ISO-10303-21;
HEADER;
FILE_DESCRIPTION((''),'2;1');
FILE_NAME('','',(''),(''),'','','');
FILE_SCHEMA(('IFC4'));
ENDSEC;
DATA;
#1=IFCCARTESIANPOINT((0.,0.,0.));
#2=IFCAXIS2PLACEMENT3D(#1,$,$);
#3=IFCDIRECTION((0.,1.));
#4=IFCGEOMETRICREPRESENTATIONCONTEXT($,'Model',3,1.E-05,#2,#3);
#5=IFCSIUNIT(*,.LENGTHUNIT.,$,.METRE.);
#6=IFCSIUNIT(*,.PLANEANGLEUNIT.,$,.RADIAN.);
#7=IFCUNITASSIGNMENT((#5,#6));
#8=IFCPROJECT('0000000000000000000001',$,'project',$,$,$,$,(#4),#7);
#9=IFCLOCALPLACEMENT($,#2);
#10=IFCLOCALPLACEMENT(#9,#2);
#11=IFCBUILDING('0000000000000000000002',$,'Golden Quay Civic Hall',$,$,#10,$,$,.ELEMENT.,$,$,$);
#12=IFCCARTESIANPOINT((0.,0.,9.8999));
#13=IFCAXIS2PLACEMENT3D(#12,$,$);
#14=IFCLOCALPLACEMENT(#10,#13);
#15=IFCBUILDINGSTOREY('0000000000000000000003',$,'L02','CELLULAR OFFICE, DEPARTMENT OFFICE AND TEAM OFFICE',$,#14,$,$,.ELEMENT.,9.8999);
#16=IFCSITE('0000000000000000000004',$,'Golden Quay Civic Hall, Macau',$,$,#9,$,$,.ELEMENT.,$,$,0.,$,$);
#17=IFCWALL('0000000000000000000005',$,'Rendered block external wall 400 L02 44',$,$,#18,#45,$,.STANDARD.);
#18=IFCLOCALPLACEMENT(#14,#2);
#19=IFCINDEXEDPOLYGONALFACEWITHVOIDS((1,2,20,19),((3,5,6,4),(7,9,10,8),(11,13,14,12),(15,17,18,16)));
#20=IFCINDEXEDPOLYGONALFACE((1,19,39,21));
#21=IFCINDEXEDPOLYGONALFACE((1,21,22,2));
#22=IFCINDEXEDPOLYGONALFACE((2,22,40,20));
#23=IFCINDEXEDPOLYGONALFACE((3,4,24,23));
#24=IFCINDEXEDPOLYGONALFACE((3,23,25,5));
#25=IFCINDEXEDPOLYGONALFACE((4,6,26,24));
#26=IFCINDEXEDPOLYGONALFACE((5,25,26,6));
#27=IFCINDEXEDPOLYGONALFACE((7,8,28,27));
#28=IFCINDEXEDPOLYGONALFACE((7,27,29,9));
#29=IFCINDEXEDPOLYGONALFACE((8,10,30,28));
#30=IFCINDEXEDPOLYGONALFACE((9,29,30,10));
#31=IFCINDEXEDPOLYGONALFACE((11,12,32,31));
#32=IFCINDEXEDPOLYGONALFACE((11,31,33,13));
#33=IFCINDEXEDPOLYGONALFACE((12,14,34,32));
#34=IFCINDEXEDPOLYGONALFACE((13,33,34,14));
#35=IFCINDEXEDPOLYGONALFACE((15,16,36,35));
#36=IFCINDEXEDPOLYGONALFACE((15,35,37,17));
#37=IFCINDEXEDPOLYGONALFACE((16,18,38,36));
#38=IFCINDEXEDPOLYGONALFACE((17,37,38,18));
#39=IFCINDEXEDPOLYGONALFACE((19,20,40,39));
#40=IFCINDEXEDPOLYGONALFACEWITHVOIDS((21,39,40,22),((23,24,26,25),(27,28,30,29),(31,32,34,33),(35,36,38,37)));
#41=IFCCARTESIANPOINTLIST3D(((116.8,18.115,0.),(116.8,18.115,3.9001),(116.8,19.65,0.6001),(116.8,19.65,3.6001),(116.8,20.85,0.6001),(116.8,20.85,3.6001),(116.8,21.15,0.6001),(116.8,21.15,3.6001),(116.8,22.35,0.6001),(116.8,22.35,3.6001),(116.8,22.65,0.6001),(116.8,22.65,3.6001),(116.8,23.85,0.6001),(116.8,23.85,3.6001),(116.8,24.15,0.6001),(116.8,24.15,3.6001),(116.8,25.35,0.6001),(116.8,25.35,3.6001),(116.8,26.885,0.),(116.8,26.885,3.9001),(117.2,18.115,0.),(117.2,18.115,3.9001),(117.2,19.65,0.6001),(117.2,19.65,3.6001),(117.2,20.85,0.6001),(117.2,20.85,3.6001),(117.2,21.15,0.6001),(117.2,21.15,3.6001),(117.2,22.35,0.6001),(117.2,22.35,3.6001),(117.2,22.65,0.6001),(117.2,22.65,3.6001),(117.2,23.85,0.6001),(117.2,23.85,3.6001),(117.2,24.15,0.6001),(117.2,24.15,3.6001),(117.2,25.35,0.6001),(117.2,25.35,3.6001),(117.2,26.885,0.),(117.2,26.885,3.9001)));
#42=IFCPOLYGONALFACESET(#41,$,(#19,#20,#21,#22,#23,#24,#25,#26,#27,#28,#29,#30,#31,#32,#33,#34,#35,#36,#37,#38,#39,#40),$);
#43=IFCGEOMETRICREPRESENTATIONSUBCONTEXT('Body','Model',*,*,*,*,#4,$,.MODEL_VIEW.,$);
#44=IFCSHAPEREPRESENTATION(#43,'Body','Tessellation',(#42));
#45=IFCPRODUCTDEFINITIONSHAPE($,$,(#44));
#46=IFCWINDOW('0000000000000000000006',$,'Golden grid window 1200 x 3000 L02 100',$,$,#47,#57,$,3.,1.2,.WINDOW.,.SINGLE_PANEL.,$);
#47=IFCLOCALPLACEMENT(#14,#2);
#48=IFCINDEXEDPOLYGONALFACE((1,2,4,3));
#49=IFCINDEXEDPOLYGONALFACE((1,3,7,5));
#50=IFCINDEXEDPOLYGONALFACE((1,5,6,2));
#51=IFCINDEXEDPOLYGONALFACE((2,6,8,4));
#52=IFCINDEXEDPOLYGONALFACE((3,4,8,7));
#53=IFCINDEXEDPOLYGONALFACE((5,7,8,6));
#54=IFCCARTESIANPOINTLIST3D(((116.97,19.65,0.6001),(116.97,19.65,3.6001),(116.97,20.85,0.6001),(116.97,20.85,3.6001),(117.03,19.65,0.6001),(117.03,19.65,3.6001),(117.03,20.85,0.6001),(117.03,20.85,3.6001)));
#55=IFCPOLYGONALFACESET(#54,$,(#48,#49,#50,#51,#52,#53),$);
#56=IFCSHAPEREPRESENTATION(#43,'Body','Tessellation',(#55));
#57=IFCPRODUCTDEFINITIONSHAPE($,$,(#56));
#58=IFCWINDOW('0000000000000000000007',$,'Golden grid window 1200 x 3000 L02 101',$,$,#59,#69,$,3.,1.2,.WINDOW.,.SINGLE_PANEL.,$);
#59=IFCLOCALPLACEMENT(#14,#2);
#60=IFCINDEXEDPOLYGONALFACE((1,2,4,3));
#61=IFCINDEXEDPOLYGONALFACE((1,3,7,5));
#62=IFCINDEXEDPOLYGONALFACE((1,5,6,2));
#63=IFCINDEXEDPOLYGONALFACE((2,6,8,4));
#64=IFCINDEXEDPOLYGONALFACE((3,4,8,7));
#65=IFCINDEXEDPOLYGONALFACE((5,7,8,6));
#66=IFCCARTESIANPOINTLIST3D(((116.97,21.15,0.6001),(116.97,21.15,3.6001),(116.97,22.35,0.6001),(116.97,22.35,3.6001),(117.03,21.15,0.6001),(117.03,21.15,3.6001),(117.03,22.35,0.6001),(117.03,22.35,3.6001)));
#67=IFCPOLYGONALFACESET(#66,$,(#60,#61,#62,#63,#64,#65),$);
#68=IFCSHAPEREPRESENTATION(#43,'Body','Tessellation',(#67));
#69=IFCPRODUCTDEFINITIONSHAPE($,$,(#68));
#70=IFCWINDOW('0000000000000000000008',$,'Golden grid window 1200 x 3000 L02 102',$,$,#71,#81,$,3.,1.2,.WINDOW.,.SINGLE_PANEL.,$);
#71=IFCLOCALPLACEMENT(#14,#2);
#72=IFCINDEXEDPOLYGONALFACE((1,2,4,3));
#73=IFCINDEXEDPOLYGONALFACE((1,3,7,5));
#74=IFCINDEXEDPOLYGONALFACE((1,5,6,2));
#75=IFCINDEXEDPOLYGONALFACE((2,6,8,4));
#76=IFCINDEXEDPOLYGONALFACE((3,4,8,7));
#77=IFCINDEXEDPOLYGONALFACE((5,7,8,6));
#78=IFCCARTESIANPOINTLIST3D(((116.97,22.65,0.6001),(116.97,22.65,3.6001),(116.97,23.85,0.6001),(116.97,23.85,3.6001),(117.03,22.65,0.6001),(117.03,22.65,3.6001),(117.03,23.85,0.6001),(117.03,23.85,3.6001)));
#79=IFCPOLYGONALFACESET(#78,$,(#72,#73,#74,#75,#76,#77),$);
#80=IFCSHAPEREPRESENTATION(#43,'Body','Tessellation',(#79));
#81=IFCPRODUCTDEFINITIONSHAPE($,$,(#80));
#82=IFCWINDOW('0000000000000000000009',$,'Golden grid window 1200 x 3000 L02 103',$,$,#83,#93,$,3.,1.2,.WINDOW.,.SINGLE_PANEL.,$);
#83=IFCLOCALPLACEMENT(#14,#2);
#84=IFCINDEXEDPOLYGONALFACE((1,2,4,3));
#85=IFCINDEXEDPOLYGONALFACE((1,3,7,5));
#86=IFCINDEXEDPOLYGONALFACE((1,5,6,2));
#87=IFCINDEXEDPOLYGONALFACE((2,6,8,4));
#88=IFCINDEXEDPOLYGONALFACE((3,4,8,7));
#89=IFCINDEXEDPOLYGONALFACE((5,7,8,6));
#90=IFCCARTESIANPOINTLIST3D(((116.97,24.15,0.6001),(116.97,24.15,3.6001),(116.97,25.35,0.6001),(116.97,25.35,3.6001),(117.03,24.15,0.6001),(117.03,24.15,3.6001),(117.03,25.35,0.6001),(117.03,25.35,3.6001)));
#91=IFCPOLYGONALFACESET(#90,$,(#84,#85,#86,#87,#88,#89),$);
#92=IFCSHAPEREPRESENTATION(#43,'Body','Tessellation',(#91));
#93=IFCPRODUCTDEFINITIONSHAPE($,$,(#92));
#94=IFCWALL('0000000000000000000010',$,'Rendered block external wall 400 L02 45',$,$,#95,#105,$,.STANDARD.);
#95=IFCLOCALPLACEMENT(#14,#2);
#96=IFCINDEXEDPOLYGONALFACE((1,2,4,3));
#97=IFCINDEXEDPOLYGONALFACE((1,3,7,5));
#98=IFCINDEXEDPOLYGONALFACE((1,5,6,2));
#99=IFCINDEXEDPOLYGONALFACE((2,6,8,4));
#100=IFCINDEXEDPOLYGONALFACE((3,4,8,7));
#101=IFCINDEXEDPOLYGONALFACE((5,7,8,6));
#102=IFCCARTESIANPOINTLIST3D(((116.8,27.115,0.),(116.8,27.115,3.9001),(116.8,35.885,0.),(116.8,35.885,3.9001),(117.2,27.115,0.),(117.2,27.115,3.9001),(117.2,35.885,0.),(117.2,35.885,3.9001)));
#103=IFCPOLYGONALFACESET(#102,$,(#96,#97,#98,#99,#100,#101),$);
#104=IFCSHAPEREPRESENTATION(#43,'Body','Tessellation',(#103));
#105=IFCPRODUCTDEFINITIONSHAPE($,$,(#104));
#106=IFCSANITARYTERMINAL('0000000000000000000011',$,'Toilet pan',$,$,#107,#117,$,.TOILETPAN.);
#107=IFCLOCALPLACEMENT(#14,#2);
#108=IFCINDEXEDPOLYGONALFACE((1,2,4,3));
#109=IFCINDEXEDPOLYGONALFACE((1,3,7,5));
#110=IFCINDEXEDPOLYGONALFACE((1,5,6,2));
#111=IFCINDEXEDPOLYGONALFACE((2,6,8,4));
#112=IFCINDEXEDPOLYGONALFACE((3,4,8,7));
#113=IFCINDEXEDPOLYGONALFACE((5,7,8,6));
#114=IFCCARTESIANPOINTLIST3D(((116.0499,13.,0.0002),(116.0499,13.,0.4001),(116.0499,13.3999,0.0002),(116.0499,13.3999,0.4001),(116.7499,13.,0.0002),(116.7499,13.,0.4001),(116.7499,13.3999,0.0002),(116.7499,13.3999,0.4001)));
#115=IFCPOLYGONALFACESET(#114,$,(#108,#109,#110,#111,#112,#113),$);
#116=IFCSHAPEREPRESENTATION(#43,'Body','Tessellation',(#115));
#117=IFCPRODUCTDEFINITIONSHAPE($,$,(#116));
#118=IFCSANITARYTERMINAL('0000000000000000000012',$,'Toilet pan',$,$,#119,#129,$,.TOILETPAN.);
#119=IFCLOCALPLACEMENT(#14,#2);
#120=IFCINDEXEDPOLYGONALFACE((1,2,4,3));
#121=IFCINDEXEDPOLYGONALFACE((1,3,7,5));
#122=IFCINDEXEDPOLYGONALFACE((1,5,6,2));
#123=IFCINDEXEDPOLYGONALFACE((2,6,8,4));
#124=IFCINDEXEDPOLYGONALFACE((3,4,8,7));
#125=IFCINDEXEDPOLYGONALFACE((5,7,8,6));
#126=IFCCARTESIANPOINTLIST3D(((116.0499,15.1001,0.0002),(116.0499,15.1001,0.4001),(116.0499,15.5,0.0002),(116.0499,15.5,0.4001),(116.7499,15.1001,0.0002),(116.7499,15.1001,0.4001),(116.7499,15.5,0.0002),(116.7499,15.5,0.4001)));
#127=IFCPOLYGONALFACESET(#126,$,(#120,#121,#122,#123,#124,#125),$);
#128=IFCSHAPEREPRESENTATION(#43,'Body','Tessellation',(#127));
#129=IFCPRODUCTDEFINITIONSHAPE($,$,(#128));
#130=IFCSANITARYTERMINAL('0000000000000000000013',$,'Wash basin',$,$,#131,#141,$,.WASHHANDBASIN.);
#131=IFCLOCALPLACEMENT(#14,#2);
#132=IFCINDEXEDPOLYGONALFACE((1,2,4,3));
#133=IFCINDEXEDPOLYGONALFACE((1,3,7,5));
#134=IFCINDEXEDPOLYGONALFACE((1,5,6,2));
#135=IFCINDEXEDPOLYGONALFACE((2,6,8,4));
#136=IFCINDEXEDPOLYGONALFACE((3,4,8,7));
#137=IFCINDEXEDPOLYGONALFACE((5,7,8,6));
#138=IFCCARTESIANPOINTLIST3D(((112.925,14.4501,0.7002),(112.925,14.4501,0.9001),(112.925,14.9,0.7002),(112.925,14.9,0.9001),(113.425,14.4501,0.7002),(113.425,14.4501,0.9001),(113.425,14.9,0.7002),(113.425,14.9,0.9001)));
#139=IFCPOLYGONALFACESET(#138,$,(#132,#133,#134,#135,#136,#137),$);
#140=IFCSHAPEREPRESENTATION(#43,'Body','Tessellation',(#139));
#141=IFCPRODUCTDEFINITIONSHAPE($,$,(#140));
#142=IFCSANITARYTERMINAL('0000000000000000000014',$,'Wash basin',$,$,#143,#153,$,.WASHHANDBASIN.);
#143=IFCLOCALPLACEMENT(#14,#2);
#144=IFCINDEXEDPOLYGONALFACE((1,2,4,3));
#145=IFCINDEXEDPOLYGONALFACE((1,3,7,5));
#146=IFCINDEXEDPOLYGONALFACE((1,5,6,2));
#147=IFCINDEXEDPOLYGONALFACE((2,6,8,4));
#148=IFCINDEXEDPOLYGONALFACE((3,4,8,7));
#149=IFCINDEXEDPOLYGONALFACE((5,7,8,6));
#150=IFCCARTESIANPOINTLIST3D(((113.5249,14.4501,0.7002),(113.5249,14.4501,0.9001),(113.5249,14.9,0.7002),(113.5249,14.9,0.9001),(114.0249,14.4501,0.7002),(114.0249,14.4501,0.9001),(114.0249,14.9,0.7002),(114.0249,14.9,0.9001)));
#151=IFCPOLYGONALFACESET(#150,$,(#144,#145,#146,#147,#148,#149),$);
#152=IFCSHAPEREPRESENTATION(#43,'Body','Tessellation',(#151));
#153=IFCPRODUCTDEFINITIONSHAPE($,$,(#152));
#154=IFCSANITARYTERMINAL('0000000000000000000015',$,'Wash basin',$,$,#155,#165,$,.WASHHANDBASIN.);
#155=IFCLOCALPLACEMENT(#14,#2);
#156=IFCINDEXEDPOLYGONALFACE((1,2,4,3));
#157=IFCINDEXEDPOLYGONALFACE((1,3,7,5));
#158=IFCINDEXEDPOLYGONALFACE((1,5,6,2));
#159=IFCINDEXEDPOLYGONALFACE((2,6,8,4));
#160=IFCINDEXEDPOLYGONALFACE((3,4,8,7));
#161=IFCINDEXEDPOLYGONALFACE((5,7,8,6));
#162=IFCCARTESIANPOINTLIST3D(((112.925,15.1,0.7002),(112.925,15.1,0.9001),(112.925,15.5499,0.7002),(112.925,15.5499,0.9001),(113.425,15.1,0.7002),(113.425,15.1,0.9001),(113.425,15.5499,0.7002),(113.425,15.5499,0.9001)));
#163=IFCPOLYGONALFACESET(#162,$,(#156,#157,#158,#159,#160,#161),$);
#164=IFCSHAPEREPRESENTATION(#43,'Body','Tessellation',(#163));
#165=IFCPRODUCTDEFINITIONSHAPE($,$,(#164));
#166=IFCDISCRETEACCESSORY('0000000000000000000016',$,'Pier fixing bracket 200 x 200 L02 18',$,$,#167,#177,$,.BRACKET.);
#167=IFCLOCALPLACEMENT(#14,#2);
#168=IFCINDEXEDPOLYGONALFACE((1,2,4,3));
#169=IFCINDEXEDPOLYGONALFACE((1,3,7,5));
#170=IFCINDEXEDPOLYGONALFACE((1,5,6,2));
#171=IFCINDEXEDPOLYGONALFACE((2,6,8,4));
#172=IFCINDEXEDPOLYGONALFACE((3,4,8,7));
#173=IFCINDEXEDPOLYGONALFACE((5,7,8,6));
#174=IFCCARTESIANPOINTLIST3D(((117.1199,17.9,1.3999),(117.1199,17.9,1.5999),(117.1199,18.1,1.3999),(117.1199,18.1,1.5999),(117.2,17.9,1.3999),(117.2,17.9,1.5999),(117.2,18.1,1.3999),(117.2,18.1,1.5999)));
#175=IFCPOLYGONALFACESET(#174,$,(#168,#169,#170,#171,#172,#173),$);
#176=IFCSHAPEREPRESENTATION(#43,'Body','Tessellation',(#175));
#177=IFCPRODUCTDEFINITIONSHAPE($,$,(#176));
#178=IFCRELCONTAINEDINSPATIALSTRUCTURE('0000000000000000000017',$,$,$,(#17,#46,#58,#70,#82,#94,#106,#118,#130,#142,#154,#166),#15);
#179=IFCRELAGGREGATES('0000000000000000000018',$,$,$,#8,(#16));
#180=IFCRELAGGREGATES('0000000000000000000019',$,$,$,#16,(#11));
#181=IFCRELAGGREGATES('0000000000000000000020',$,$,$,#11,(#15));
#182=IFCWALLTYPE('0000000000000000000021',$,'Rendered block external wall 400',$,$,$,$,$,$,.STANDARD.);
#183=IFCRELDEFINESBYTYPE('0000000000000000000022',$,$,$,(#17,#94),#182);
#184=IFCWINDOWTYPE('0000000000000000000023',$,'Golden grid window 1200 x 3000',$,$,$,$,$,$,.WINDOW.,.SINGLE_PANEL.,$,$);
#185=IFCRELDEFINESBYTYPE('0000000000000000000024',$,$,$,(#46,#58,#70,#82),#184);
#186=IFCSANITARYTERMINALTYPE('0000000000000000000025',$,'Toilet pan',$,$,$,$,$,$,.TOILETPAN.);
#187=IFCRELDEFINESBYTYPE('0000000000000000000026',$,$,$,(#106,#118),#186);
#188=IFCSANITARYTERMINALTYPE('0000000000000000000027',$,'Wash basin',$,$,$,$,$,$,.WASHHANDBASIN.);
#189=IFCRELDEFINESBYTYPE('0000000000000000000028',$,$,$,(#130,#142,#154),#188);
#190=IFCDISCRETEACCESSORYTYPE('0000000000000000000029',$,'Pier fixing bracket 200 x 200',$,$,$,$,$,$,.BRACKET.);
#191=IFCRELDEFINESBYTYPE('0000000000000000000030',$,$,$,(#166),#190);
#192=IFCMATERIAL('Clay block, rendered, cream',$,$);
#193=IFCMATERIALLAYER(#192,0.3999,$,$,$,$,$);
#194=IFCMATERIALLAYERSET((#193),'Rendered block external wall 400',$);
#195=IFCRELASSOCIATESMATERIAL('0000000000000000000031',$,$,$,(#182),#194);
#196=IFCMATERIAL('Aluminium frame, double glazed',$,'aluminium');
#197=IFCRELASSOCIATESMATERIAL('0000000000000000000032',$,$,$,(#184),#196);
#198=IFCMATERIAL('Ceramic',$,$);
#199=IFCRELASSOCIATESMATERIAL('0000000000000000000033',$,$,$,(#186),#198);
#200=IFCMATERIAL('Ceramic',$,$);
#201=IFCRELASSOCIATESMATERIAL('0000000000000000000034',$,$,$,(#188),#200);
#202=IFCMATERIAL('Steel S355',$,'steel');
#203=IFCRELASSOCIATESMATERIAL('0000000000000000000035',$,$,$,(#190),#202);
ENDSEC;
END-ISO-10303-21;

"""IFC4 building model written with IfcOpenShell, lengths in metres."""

from ifc_helpers import new_model, si_unit, direction, frame, frame_2d, origin, origin_2d, place, context, subcontext, project, spatial, rectangle, extrude, material, layer, layer_set, type_object, element, fill, save


model = new_model("IFC4")

# Units and contexts
model_context = context("Model", 3, precision=1e-05, world=origin(), true_north=direction((0.0, 1.0)))
body_context = subcontext(model_context, "Body", "Model", "MODEL_VIEW")
ifc_project = project(units=[si_unit("LENGTHUNIT", "METRE"), si_unit("PLANEANGLEUNIT", "RADIAN")], contexts=[model_context])

# Site, building, storey
site_placement = place(None, origin())
site = spatial("IfcSite", under=ifc_project, at=site_placement, Name="Golden Quay Civic Hall, Macau", CompositionType="ELEMENT", RefElevation=0.0)
building_placement = place(site_placement, origin())
building = spatial("IfcBuilding", under=site, at=building_placement, Name="Golden Quay Civic Hall", CompositionType="ELEMENT")
storey_placement = place(building_placement, frame((0.0, 0.0, 9.8999)))
storey = spatial("IfcBuildingStorey", under=building, at=storey_placement, Name="L02", Description="CELLULAR OFFICE, DEPARTMENT OFFICE AND TEAM OFFICE", CompositionType="ELEMENT", Elevation=9.8999)

# Wall, openings, windows
ifc_material_1 = material(Name="Clay block, rendered, cream")
ifc_layer_1 = layer(ifc_material_1, 0.3999)
ifc_layer_set_1 = layer_set([ifc_layer_1], Name="Rendered block external wall 400")
wall_type_1 = type_object("IfcWallType", Name="Rendered block external wall 400", PredefinedType="STANDARD", material=ifc_layer_set_1)
wall_1_placement = place(storey_placement, frame((117.0, 26.885, 0.0), z_axis=(0.0, 0.0, 1.0), x_axis=(0.0, -1.0, 0.0)))
wall_1 = element("IfcWall", 1, at=wall_1_placement, inside=storey, type_object=wall_type_1, Name="Rendered block external wall 400 L02 44", PredefinedType="STANDARD", context=body_context, shape_type="SweptSolid", body=[
    extrude(rectangle(XDim=8.77, YDim=0.3999, at=frame_2d((4.385, 0.0))), origin(), (0.0, 0.0, 1.0), 3.9001),
])
opening_1_placement = place(wall_1_placement, frame((6.0349, 0.0, 0.6001)))
opening_1 = element("IfcOpeningElement", 2, at=opening_1_placement, cuts=wall_1, PredefinedType="OPENING", context=body_context, shape_type="SweptSolid", body=[
    extrude(rectangle(XDim=1.2, YDim=3.0, at=frame_2d((0.6001, 1.5))), frame((0.0, 0.21, 0.0), z_axis=(0.0, -1.0, 0.0), x_axis=(1.0, 0.0, 0.0)), (0.0, 0.0, 1.0), 0.4199),
])
opening_2_placement = place(wall_1_placement, frame((4.5349, 0.0, 0.6001)))
opening_2 = element("IfcOpeningElement", 3, at=opening_2_placement, cuts=wall_1, PredefinedType="OPENING", context=body_context, shape_type="SweptSolid", body=[
    extrude(rectangle(XDim=1.2, YDim=3.0, at=frame_2d((0.6001, 1.5))), frame((0.0, 0.21, 0.0), z_axis=(0.0, -1.0, 0.0), x_axis=(1.0, 0.0, 0.0)), (0.0, 0.0, 1.0), 0.4199),
])
opening_3_placement = place(wall_1_placement, frame((3.0349, 0.0, 0.6001)))
opening_3 = element("IfcOpeningElement", 4, at=opening_3_placement, cuts=wall_1, PredefinedType="OPENING", context=body_context, shape_type="SweptSolid", body=[
    extrude(rectangle(XDim=1.2, YDim=3.0, at=frame_2d((0.6001, 1.5))), frame((0.0, 0.21, 0.0), z_axis=(0.0, -1.0, 0.0), x_axis=(1.0, 0.0, 0.0)), (0.0, 0.0, 1.0), 0.4199),
])
opening_4_placement = place(wall_1_placement, frame((1.5349, 0.0, 0.6001)))
opening_4 = element("IfcOpeningElement", 5, at=opening_4_placement, cuts=wall_1, PredefinedType="OPENING", context=body_context, shape_type="SweptSolid", body=[
    extrude(rectangle(XDim=1.2, YDim=3.0, at=frame_2d((0.6001, 1.5))), frame((0.0, 0.21, 0.0), z_axis=(0.0, -1.0, 0.0), x_axis=(1.0, 0.0, 0.0)), (0.0, 0.0, 1.0), 0.4199),
])
ifc_material_2 = material(Name="Aluminium frame, double glazed", Category="aluminium")
window_type_1 = type_object("IfcWindowType", Name="Golden grid window 1200 x 3000", PartitioningType="SINGLE_PANEL", PredefinedType="WINDOW", material=ifc_material_2)
window_1_placement = place(opening_1_placement, origin())
window_1 = element("IfcWindow", 6, at=window_1_placement, inside=storey, type_object=window_type_1, Name="Golden grid window 1200 x 3000 L02 100", OverallHeight=3.0, OverallWidth=1.2, PartitioningType="SINGLE_PANEL", PredefinedType="WINDOW", context=body_context, shape_type="SweptSolid", body=[
    extrude(rectangle(XDim=1.2, YDim=3.0, at=frame_2d((0.6001, 1.5))), frame((0.0, 0.03, 0.0), z_axis=(0.0, -1.0, 0.0), x_axis=(1.0, 0.0, 0.0)), (0.0, 0.0, 1.0), 0.0601),
])
fill(opening_1, window_1)
window_2_placement = place(opening_2_placement, origin())
window_2 = element("IfcWindow", 7, at=window_2_placement, inside=storey, type_object=window_type_1, Name="Golden grid window 1200 x 3000 L02 101", OverallHeight=3.0, OverallWidth=1.2, PartitioningType="SINGLE_PANEL", PredefinedType="WINDOW", context=body_context, shape_type="SweptSolid", body=[
    extrude(rectangle(XDim=1.2, YDim=3.0, at=frame_2d((0.6001, 1.5))), frame((0.0, 0.03, 0.0), z_axis=(0.0, -1.0, 0.0), x_axis=(1.0, 0.0, 0.0)), (0.0, 0.0, 1.0), 0.0601),
])
fill(opening_2, window_2)
window_3_placement = place(opening_3_placement, origin())
window_3 = element("IfcWindow", 8, at=window_3_placement, inside=storey, type_object=window_type_1, Name="Golden grid window 1200 x 3000 L02 102", OverallHeight=3.0, OverallWidth=1.2, PartitioningType="SINGLE_PANEL", PredefinedType="WINDOW", context=body_context, shape_type="SweptSolid", body=[
    extrude(rectangle(XDim=1.2, YDim=3.0, at=frame_2d((0.6001, 1.5))), frame((0.0, 0.03, 0.0), z_axis=(0.0, -1.0, 0.0), x_axis=(1.0, 0.0, 0.0)), (0.0, 0.0, 1.0), 0.0601),
])
fill(opening_3, window_3)
window_4_placement = place(opening_4_placement, origin())
window_4 = element("IfcWindow", 9, at=window_4_placement, inside=storey, type_object=window_type_1, Name="Golden grid window 1200 x 3000 L02 103", OverallHeight=3.0, OverallWidth=1.2, PartitioningType="SINGLE_PANEL", PredefinedType="WINDOW", context=body_context, shape_type="SweptSolid", body=[
    extrude(rectangle(XDim=1.2, YDim=3.0, at=frame_2d((0.6001, 1.5))), frame((0.0, 0.03, 0.0), z_axis=(0.0, -1.0, 0.0), x_axis=(1.0, 0.0, 0.0)), (0.0, 0.0, 1.0), 0.0601),
])
fill(opening_4, window_4)

# Wall
wall_2_placement = place(storey_placement, frame((117.0, 35.885, 0.0), z_axis=(0.0, 0.0, 1.0), x_axis=(0.0, -1.0, 0.0)))
element("IfcWall", 10, at=wall_2_placement, inside=storey, type_object=wall_type_1, Name="Rendered block external wall 400 L02 45", PredefinedType="STANDARD", context=body_context, shape_type="SweptSolid", body=[
    extrude(rectangle(XDim=8.77, YDim=0.3999, at=frame_2d((4.385, 0.0))), origin(), (0.0, 0.0, 1.0), 3.9001),
])

# Sanitary terminals
ifc_material_3 = material(Name="Ceramic")
sanitary_terminal_type_1 = type_object("IfcSanitaryTerminalType", Name="Toilet pan", PredefinedType="TOILETPAN", material=ifc_material_3)
for number, where, z_axis, x_axis, name in (
    (11, (116.3999, 13.2, 0.0002), (0.0, 0.0, 1.0), (0.0, 1.0, 0.0), "Toilet pan"),
    (12, (116.3999, 15.3, 0.0002), (0.0, 0.0, 1.0), (0.0, 1.0, 0.0), "Toilet pan"),
):
    element("IfcSanitaryTerminal", number, at=place(storey_placement, frame(where, z_axis=z_axis, x_axis=x_axis)), inside=storey, type_object=sanitary_terminal_type_1, Name=name, PredefinedType="TOILETPAN", context=body_context, shape_type="SweptSolid", body=[
        extrude(rectangle(XDim=0.3999, YDim=0.7, at=origin_2d()), origin(), (0.0, 0.0, 1.0), 0.3999),
    ])
ifc_material_4 = material(Name="Ceramic")
sanitary_terminal_type_2 = type_object("IfcSanitaryTerminalType", Name="Wash basin", PredefinedType="WASHHANDBASIN", material=ifc_material_4)
for number, where, z_axis, x_axis, name in (
    (13, (113.175, 14.675, 0.7002), (0.0, 0.0, 1.0), (1.0, 0.0, 0.0), "Wash basin"),
    (14, (113.7749, 14.675, 0.7002), (0.0, 0.0, 1.0), (1.0, 0.0, 0.0), "Wash basin"),
    (15, (113.175, 15.325, 0.7002), (0.0, 0.0, 1.0), (1.0, 0.0, 0.0), "Wash basin"),
):
    element("IfcSanitaryTerminal", number, at=place(storey_placement, frame(where, z_axis=z_axis, x_axis=x_axis)), inside=storey, type_object=sanitary_terminal_type_2, Name=name, PredefinedType="WASHHANDBASIN", context=body_context, shape_type="SweptSolid", body=[
        extrude(rectangle(XDim=0.5, YDim=0.45, at=origin_2d()), origin(), (0.0, 0.0, 1.0), 0.2),
    ])

# Discrete accessory
ifc_material_5 = material(Name="Steel S355", Category="steel")
discrete_accessory_type = type_object("IfcDiscreteAccessoryType", Name="Pier fixing bracket 200 x 200", PredefinedType="BRACKET", material=ifc_material_5)
for number, where, z_axis, x_axis, name in (
    (16, (117.1599, 18.0, 1.3999), (0.0, 0.0, 1.0), (0.0, 1.0, 0.0), "Pier fixing bracket 200 x 200 L02 18"),
):
    element("IfcDiscreteAccessory", number, at=place(storey_placement, frame(where, z_axis=z_axis, x_axis=x_axis)), inside=storey, type_object=discrete_accessory_type, Name=name, PredefinedType="BRACKET", context=body_context, shape_type="SweptSolid", body=[
        extrude(rectangle(XDim=0.2, YDim=0.0801, at=origin_2d()), origin(), (0.0, 0.0, 1.0), 0.2),
    ])

save(model, "model.ifc")
